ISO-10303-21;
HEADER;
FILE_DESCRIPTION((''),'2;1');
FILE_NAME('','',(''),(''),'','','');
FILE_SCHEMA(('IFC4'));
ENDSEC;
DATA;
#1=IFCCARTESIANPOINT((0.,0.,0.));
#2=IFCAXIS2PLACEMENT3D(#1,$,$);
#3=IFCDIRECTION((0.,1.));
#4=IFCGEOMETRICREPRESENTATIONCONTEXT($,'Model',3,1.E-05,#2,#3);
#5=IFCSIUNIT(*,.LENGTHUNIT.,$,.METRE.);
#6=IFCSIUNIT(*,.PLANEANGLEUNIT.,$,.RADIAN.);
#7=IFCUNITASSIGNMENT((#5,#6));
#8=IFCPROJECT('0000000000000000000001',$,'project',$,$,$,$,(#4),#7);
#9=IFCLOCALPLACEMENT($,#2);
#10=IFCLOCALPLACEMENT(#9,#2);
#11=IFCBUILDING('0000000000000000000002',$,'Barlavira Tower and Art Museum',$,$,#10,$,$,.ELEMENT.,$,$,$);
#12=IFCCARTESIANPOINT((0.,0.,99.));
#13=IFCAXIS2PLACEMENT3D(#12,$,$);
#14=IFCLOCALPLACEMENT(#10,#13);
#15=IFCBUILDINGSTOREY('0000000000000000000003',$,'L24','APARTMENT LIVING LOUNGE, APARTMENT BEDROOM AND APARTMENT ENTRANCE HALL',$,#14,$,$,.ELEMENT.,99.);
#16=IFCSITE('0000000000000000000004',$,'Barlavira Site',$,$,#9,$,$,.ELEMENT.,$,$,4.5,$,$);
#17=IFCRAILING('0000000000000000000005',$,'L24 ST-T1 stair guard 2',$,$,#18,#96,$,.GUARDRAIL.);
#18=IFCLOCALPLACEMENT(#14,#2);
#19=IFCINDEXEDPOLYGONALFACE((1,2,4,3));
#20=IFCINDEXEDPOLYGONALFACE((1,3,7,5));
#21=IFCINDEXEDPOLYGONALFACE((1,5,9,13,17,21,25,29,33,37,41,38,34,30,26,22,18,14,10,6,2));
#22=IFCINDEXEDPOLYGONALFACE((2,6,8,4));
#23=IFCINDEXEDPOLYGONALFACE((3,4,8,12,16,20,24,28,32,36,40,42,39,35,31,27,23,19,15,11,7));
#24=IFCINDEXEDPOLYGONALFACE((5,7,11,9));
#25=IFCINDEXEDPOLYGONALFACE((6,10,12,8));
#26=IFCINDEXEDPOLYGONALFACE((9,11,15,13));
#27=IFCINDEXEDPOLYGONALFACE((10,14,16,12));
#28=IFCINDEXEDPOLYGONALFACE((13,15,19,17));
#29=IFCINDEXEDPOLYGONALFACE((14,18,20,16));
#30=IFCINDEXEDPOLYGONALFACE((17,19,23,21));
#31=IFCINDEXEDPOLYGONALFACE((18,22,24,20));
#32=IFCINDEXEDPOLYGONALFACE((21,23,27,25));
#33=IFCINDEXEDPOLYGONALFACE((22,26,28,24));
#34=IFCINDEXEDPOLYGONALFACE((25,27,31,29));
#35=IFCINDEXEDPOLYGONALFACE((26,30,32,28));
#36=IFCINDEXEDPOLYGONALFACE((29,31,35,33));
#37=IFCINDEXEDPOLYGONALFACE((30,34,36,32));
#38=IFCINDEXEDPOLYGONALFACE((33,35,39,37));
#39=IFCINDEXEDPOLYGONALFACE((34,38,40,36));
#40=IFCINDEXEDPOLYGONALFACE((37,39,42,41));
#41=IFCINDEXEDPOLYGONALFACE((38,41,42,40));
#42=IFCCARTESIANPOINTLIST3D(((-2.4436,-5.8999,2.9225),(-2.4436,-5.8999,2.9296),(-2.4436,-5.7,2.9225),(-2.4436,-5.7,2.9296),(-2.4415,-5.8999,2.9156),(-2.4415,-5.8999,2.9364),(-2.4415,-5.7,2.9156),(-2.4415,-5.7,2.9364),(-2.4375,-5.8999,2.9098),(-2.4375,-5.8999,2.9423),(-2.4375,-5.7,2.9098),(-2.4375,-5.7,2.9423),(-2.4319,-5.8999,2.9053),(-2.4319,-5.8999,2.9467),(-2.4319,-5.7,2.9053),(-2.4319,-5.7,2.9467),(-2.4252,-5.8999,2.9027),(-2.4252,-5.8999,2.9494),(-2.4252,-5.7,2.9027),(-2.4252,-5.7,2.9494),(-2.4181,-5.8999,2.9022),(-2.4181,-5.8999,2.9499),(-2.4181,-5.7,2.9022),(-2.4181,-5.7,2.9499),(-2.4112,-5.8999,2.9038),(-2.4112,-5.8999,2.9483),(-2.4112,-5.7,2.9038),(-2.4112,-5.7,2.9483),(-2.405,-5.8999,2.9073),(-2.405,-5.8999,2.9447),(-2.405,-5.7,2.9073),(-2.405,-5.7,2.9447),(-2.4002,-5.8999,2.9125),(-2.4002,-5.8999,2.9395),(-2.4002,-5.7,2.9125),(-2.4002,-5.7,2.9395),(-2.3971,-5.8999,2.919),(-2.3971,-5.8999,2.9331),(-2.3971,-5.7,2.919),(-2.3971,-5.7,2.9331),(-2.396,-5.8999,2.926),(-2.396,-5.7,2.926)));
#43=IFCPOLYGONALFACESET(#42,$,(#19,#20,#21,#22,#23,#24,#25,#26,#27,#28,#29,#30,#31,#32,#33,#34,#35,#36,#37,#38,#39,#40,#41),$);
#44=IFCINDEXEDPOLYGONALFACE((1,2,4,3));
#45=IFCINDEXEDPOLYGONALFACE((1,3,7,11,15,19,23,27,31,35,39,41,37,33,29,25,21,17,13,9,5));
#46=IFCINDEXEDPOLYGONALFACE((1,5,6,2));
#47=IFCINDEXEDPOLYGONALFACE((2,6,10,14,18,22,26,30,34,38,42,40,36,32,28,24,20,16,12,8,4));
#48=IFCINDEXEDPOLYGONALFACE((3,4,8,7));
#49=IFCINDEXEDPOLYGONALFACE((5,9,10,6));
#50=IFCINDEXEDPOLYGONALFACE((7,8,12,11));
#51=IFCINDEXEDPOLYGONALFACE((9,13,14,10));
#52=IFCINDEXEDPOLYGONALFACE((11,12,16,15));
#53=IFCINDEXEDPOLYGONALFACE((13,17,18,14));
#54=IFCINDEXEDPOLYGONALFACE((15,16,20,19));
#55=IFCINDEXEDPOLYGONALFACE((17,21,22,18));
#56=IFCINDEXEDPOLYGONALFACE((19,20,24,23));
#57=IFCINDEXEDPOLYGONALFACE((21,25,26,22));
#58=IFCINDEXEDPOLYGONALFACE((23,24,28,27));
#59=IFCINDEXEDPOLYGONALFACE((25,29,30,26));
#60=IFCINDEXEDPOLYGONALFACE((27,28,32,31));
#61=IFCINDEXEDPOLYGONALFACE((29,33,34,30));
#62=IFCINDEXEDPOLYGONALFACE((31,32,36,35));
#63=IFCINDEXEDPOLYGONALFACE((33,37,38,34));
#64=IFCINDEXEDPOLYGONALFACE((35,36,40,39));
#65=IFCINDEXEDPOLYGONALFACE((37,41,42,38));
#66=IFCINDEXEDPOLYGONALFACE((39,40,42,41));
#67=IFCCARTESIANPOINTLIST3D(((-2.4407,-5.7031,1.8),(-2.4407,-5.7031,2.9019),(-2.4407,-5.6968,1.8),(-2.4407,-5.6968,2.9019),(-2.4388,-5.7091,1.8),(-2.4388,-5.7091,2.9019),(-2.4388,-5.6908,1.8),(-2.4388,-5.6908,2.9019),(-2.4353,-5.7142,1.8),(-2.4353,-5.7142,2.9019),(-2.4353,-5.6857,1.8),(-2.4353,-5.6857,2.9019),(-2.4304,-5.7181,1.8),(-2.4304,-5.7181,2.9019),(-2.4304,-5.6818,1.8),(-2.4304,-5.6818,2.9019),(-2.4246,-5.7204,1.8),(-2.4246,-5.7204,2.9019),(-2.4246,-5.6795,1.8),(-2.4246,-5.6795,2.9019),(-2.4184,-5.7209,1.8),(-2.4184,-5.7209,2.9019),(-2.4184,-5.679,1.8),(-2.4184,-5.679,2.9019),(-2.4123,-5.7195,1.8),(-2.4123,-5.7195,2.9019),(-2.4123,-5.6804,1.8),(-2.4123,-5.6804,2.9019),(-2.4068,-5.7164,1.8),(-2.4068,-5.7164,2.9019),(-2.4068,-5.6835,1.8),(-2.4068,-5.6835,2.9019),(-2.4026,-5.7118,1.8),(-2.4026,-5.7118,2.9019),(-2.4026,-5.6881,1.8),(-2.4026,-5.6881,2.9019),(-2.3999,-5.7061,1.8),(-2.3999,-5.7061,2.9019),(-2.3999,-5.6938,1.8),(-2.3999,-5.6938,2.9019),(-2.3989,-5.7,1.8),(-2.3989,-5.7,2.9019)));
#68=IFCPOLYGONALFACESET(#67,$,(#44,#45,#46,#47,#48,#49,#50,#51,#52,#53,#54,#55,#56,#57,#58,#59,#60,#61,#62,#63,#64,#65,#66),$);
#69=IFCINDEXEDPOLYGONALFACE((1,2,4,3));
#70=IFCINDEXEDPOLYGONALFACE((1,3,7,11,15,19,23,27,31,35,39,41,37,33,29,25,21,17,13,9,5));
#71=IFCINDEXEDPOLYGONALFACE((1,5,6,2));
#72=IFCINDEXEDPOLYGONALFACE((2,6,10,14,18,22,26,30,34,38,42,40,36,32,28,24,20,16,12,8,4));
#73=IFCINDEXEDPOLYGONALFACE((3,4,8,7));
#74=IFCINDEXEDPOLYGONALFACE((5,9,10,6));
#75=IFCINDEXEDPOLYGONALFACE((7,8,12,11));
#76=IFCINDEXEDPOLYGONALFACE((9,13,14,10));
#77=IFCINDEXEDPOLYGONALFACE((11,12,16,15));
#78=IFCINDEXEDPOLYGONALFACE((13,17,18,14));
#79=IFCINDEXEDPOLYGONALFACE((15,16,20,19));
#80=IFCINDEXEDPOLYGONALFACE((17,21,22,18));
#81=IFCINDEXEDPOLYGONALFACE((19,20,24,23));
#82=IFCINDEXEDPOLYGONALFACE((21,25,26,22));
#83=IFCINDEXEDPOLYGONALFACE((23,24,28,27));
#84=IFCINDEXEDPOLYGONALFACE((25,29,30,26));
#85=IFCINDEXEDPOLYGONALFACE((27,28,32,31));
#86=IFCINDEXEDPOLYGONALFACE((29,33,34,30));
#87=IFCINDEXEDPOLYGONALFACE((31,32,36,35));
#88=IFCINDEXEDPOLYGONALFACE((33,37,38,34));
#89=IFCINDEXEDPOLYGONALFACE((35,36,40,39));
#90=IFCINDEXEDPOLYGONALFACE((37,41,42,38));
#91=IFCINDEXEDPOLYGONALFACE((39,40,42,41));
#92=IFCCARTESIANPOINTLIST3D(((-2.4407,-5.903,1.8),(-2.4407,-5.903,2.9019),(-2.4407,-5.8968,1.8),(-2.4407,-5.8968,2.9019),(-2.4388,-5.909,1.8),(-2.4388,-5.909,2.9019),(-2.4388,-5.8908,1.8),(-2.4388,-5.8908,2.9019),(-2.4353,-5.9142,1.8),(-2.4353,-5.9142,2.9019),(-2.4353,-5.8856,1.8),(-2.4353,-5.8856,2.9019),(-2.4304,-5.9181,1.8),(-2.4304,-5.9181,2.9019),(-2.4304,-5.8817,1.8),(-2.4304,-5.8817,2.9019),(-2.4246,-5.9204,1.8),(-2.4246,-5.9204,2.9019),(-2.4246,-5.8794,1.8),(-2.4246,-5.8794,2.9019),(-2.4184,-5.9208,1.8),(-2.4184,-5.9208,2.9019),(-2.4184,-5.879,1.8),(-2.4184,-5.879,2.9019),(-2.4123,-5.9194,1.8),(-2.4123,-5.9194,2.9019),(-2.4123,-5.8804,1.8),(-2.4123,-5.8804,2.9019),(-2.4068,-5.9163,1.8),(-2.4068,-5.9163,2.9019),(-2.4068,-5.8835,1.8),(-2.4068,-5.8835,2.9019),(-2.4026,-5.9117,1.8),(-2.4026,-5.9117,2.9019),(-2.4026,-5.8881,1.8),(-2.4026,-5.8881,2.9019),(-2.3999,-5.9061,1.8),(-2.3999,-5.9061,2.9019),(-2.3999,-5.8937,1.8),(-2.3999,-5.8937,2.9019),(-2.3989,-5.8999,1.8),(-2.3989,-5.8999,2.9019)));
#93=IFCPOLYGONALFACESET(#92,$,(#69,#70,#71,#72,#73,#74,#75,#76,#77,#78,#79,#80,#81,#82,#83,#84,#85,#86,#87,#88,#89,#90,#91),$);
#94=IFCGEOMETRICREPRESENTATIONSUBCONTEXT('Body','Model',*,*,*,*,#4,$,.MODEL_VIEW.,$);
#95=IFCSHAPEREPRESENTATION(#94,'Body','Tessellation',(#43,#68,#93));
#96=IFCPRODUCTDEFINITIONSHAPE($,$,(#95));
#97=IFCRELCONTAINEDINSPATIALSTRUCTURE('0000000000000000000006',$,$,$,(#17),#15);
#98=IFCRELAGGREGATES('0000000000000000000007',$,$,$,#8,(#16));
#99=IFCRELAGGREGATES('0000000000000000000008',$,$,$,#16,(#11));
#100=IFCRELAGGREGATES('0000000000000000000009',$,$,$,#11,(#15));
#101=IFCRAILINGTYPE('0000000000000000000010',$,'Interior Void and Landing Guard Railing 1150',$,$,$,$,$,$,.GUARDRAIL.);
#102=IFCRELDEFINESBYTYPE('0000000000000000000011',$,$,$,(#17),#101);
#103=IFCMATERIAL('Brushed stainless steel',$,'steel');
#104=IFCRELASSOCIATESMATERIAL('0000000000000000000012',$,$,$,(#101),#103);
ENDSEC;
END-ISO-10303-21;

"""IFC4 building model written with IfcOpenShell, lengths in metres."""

from ifc_helpers import new_model, si_unit, direction, frame, origin, origin_2d, place, context, subcontext, project, spatial, circle, extrude, material, type_object, element, save


model = new_model("IFC4")

# Units and contexts
model_context = context("Model", 3, precision=1e-05, world=origin(), true_north=direction((0.0, 1.0)))
body_context = subcontext(model_context, "Body", "Model", "MODEL_VIEW")
ifc_project = project(units=[si_unit("LENGTHUNIT", "METRE"), si_unit("PLANEANGLEUNIT", "RADIAN")], contexts=[model_context])

# Site, building, storey
site_placement = place(None, origin())
site = spatial("IfcSite", under=ifc_project, at=site_placement, Name="Barlavira Site", CompositionType="ELEMENT", RefElevation=4.5)
building_placement = place(site_placement, origin())
building = spatial("IfcBuilding", under=site, at=building_placement, Name="Barlavira Tower and Art Museum", CompositionType="ELEMENT")
storey_placement = place(building_placement, frame((0.0, 0.0, 99.0)))
storey = spatial("IfcBuildingStorey", under=building, at=storey_placement, Name="L24", Description="APARTMENT LIVING LOUNGE, APARTMENT BEDROOM AND APARTMENT ENTRANCE HALL", CompositionType="ELEMENT", Elevation=99.0)

# Shared definitions
ifc_material_1 = material(Name="Brushed stainless steel", Category="steel")

# Railing
railing_type_1 = type_object("IfcRailingType", Name="Interior Void and Landing Guard Railing 1150", PredefinedType="GUARDRAIL", material=ifc_material_1)
railing_1_placement = place(storey_placement, frame((-2.4199, -5.7, 1.8)))
element("IfcRailing", 1, at=railing_1_placement, inside=storey, type_object=railing_type_1, Name="L24 ST-T1 stair guard 2", PredefinedType="GUARDRAIL", context=body_context, shape_type="SweptSolid", body=[
    extrude(circle(Radius=0.0239, at=origin_2d()), frame((0.0, 0.0, 1.126), z_axis=(0.0, -1.0, 0.0), x_axis=(1.0, 0.0, 0.0)), (0.0, 0.0, 1.0), 0.2),
    extrude(circle(Radius=0.021, at=origin_2d()), origin(), (0.0, 0.0, 1.0), 1.1018),
    extrude(circle(Radius=0.021, at=origin_2d()), frame((0.0, -0.2, 0.0)), (0.0, 0.0, 1.0), 1.1018),
])

save(model, "model.ifc")
